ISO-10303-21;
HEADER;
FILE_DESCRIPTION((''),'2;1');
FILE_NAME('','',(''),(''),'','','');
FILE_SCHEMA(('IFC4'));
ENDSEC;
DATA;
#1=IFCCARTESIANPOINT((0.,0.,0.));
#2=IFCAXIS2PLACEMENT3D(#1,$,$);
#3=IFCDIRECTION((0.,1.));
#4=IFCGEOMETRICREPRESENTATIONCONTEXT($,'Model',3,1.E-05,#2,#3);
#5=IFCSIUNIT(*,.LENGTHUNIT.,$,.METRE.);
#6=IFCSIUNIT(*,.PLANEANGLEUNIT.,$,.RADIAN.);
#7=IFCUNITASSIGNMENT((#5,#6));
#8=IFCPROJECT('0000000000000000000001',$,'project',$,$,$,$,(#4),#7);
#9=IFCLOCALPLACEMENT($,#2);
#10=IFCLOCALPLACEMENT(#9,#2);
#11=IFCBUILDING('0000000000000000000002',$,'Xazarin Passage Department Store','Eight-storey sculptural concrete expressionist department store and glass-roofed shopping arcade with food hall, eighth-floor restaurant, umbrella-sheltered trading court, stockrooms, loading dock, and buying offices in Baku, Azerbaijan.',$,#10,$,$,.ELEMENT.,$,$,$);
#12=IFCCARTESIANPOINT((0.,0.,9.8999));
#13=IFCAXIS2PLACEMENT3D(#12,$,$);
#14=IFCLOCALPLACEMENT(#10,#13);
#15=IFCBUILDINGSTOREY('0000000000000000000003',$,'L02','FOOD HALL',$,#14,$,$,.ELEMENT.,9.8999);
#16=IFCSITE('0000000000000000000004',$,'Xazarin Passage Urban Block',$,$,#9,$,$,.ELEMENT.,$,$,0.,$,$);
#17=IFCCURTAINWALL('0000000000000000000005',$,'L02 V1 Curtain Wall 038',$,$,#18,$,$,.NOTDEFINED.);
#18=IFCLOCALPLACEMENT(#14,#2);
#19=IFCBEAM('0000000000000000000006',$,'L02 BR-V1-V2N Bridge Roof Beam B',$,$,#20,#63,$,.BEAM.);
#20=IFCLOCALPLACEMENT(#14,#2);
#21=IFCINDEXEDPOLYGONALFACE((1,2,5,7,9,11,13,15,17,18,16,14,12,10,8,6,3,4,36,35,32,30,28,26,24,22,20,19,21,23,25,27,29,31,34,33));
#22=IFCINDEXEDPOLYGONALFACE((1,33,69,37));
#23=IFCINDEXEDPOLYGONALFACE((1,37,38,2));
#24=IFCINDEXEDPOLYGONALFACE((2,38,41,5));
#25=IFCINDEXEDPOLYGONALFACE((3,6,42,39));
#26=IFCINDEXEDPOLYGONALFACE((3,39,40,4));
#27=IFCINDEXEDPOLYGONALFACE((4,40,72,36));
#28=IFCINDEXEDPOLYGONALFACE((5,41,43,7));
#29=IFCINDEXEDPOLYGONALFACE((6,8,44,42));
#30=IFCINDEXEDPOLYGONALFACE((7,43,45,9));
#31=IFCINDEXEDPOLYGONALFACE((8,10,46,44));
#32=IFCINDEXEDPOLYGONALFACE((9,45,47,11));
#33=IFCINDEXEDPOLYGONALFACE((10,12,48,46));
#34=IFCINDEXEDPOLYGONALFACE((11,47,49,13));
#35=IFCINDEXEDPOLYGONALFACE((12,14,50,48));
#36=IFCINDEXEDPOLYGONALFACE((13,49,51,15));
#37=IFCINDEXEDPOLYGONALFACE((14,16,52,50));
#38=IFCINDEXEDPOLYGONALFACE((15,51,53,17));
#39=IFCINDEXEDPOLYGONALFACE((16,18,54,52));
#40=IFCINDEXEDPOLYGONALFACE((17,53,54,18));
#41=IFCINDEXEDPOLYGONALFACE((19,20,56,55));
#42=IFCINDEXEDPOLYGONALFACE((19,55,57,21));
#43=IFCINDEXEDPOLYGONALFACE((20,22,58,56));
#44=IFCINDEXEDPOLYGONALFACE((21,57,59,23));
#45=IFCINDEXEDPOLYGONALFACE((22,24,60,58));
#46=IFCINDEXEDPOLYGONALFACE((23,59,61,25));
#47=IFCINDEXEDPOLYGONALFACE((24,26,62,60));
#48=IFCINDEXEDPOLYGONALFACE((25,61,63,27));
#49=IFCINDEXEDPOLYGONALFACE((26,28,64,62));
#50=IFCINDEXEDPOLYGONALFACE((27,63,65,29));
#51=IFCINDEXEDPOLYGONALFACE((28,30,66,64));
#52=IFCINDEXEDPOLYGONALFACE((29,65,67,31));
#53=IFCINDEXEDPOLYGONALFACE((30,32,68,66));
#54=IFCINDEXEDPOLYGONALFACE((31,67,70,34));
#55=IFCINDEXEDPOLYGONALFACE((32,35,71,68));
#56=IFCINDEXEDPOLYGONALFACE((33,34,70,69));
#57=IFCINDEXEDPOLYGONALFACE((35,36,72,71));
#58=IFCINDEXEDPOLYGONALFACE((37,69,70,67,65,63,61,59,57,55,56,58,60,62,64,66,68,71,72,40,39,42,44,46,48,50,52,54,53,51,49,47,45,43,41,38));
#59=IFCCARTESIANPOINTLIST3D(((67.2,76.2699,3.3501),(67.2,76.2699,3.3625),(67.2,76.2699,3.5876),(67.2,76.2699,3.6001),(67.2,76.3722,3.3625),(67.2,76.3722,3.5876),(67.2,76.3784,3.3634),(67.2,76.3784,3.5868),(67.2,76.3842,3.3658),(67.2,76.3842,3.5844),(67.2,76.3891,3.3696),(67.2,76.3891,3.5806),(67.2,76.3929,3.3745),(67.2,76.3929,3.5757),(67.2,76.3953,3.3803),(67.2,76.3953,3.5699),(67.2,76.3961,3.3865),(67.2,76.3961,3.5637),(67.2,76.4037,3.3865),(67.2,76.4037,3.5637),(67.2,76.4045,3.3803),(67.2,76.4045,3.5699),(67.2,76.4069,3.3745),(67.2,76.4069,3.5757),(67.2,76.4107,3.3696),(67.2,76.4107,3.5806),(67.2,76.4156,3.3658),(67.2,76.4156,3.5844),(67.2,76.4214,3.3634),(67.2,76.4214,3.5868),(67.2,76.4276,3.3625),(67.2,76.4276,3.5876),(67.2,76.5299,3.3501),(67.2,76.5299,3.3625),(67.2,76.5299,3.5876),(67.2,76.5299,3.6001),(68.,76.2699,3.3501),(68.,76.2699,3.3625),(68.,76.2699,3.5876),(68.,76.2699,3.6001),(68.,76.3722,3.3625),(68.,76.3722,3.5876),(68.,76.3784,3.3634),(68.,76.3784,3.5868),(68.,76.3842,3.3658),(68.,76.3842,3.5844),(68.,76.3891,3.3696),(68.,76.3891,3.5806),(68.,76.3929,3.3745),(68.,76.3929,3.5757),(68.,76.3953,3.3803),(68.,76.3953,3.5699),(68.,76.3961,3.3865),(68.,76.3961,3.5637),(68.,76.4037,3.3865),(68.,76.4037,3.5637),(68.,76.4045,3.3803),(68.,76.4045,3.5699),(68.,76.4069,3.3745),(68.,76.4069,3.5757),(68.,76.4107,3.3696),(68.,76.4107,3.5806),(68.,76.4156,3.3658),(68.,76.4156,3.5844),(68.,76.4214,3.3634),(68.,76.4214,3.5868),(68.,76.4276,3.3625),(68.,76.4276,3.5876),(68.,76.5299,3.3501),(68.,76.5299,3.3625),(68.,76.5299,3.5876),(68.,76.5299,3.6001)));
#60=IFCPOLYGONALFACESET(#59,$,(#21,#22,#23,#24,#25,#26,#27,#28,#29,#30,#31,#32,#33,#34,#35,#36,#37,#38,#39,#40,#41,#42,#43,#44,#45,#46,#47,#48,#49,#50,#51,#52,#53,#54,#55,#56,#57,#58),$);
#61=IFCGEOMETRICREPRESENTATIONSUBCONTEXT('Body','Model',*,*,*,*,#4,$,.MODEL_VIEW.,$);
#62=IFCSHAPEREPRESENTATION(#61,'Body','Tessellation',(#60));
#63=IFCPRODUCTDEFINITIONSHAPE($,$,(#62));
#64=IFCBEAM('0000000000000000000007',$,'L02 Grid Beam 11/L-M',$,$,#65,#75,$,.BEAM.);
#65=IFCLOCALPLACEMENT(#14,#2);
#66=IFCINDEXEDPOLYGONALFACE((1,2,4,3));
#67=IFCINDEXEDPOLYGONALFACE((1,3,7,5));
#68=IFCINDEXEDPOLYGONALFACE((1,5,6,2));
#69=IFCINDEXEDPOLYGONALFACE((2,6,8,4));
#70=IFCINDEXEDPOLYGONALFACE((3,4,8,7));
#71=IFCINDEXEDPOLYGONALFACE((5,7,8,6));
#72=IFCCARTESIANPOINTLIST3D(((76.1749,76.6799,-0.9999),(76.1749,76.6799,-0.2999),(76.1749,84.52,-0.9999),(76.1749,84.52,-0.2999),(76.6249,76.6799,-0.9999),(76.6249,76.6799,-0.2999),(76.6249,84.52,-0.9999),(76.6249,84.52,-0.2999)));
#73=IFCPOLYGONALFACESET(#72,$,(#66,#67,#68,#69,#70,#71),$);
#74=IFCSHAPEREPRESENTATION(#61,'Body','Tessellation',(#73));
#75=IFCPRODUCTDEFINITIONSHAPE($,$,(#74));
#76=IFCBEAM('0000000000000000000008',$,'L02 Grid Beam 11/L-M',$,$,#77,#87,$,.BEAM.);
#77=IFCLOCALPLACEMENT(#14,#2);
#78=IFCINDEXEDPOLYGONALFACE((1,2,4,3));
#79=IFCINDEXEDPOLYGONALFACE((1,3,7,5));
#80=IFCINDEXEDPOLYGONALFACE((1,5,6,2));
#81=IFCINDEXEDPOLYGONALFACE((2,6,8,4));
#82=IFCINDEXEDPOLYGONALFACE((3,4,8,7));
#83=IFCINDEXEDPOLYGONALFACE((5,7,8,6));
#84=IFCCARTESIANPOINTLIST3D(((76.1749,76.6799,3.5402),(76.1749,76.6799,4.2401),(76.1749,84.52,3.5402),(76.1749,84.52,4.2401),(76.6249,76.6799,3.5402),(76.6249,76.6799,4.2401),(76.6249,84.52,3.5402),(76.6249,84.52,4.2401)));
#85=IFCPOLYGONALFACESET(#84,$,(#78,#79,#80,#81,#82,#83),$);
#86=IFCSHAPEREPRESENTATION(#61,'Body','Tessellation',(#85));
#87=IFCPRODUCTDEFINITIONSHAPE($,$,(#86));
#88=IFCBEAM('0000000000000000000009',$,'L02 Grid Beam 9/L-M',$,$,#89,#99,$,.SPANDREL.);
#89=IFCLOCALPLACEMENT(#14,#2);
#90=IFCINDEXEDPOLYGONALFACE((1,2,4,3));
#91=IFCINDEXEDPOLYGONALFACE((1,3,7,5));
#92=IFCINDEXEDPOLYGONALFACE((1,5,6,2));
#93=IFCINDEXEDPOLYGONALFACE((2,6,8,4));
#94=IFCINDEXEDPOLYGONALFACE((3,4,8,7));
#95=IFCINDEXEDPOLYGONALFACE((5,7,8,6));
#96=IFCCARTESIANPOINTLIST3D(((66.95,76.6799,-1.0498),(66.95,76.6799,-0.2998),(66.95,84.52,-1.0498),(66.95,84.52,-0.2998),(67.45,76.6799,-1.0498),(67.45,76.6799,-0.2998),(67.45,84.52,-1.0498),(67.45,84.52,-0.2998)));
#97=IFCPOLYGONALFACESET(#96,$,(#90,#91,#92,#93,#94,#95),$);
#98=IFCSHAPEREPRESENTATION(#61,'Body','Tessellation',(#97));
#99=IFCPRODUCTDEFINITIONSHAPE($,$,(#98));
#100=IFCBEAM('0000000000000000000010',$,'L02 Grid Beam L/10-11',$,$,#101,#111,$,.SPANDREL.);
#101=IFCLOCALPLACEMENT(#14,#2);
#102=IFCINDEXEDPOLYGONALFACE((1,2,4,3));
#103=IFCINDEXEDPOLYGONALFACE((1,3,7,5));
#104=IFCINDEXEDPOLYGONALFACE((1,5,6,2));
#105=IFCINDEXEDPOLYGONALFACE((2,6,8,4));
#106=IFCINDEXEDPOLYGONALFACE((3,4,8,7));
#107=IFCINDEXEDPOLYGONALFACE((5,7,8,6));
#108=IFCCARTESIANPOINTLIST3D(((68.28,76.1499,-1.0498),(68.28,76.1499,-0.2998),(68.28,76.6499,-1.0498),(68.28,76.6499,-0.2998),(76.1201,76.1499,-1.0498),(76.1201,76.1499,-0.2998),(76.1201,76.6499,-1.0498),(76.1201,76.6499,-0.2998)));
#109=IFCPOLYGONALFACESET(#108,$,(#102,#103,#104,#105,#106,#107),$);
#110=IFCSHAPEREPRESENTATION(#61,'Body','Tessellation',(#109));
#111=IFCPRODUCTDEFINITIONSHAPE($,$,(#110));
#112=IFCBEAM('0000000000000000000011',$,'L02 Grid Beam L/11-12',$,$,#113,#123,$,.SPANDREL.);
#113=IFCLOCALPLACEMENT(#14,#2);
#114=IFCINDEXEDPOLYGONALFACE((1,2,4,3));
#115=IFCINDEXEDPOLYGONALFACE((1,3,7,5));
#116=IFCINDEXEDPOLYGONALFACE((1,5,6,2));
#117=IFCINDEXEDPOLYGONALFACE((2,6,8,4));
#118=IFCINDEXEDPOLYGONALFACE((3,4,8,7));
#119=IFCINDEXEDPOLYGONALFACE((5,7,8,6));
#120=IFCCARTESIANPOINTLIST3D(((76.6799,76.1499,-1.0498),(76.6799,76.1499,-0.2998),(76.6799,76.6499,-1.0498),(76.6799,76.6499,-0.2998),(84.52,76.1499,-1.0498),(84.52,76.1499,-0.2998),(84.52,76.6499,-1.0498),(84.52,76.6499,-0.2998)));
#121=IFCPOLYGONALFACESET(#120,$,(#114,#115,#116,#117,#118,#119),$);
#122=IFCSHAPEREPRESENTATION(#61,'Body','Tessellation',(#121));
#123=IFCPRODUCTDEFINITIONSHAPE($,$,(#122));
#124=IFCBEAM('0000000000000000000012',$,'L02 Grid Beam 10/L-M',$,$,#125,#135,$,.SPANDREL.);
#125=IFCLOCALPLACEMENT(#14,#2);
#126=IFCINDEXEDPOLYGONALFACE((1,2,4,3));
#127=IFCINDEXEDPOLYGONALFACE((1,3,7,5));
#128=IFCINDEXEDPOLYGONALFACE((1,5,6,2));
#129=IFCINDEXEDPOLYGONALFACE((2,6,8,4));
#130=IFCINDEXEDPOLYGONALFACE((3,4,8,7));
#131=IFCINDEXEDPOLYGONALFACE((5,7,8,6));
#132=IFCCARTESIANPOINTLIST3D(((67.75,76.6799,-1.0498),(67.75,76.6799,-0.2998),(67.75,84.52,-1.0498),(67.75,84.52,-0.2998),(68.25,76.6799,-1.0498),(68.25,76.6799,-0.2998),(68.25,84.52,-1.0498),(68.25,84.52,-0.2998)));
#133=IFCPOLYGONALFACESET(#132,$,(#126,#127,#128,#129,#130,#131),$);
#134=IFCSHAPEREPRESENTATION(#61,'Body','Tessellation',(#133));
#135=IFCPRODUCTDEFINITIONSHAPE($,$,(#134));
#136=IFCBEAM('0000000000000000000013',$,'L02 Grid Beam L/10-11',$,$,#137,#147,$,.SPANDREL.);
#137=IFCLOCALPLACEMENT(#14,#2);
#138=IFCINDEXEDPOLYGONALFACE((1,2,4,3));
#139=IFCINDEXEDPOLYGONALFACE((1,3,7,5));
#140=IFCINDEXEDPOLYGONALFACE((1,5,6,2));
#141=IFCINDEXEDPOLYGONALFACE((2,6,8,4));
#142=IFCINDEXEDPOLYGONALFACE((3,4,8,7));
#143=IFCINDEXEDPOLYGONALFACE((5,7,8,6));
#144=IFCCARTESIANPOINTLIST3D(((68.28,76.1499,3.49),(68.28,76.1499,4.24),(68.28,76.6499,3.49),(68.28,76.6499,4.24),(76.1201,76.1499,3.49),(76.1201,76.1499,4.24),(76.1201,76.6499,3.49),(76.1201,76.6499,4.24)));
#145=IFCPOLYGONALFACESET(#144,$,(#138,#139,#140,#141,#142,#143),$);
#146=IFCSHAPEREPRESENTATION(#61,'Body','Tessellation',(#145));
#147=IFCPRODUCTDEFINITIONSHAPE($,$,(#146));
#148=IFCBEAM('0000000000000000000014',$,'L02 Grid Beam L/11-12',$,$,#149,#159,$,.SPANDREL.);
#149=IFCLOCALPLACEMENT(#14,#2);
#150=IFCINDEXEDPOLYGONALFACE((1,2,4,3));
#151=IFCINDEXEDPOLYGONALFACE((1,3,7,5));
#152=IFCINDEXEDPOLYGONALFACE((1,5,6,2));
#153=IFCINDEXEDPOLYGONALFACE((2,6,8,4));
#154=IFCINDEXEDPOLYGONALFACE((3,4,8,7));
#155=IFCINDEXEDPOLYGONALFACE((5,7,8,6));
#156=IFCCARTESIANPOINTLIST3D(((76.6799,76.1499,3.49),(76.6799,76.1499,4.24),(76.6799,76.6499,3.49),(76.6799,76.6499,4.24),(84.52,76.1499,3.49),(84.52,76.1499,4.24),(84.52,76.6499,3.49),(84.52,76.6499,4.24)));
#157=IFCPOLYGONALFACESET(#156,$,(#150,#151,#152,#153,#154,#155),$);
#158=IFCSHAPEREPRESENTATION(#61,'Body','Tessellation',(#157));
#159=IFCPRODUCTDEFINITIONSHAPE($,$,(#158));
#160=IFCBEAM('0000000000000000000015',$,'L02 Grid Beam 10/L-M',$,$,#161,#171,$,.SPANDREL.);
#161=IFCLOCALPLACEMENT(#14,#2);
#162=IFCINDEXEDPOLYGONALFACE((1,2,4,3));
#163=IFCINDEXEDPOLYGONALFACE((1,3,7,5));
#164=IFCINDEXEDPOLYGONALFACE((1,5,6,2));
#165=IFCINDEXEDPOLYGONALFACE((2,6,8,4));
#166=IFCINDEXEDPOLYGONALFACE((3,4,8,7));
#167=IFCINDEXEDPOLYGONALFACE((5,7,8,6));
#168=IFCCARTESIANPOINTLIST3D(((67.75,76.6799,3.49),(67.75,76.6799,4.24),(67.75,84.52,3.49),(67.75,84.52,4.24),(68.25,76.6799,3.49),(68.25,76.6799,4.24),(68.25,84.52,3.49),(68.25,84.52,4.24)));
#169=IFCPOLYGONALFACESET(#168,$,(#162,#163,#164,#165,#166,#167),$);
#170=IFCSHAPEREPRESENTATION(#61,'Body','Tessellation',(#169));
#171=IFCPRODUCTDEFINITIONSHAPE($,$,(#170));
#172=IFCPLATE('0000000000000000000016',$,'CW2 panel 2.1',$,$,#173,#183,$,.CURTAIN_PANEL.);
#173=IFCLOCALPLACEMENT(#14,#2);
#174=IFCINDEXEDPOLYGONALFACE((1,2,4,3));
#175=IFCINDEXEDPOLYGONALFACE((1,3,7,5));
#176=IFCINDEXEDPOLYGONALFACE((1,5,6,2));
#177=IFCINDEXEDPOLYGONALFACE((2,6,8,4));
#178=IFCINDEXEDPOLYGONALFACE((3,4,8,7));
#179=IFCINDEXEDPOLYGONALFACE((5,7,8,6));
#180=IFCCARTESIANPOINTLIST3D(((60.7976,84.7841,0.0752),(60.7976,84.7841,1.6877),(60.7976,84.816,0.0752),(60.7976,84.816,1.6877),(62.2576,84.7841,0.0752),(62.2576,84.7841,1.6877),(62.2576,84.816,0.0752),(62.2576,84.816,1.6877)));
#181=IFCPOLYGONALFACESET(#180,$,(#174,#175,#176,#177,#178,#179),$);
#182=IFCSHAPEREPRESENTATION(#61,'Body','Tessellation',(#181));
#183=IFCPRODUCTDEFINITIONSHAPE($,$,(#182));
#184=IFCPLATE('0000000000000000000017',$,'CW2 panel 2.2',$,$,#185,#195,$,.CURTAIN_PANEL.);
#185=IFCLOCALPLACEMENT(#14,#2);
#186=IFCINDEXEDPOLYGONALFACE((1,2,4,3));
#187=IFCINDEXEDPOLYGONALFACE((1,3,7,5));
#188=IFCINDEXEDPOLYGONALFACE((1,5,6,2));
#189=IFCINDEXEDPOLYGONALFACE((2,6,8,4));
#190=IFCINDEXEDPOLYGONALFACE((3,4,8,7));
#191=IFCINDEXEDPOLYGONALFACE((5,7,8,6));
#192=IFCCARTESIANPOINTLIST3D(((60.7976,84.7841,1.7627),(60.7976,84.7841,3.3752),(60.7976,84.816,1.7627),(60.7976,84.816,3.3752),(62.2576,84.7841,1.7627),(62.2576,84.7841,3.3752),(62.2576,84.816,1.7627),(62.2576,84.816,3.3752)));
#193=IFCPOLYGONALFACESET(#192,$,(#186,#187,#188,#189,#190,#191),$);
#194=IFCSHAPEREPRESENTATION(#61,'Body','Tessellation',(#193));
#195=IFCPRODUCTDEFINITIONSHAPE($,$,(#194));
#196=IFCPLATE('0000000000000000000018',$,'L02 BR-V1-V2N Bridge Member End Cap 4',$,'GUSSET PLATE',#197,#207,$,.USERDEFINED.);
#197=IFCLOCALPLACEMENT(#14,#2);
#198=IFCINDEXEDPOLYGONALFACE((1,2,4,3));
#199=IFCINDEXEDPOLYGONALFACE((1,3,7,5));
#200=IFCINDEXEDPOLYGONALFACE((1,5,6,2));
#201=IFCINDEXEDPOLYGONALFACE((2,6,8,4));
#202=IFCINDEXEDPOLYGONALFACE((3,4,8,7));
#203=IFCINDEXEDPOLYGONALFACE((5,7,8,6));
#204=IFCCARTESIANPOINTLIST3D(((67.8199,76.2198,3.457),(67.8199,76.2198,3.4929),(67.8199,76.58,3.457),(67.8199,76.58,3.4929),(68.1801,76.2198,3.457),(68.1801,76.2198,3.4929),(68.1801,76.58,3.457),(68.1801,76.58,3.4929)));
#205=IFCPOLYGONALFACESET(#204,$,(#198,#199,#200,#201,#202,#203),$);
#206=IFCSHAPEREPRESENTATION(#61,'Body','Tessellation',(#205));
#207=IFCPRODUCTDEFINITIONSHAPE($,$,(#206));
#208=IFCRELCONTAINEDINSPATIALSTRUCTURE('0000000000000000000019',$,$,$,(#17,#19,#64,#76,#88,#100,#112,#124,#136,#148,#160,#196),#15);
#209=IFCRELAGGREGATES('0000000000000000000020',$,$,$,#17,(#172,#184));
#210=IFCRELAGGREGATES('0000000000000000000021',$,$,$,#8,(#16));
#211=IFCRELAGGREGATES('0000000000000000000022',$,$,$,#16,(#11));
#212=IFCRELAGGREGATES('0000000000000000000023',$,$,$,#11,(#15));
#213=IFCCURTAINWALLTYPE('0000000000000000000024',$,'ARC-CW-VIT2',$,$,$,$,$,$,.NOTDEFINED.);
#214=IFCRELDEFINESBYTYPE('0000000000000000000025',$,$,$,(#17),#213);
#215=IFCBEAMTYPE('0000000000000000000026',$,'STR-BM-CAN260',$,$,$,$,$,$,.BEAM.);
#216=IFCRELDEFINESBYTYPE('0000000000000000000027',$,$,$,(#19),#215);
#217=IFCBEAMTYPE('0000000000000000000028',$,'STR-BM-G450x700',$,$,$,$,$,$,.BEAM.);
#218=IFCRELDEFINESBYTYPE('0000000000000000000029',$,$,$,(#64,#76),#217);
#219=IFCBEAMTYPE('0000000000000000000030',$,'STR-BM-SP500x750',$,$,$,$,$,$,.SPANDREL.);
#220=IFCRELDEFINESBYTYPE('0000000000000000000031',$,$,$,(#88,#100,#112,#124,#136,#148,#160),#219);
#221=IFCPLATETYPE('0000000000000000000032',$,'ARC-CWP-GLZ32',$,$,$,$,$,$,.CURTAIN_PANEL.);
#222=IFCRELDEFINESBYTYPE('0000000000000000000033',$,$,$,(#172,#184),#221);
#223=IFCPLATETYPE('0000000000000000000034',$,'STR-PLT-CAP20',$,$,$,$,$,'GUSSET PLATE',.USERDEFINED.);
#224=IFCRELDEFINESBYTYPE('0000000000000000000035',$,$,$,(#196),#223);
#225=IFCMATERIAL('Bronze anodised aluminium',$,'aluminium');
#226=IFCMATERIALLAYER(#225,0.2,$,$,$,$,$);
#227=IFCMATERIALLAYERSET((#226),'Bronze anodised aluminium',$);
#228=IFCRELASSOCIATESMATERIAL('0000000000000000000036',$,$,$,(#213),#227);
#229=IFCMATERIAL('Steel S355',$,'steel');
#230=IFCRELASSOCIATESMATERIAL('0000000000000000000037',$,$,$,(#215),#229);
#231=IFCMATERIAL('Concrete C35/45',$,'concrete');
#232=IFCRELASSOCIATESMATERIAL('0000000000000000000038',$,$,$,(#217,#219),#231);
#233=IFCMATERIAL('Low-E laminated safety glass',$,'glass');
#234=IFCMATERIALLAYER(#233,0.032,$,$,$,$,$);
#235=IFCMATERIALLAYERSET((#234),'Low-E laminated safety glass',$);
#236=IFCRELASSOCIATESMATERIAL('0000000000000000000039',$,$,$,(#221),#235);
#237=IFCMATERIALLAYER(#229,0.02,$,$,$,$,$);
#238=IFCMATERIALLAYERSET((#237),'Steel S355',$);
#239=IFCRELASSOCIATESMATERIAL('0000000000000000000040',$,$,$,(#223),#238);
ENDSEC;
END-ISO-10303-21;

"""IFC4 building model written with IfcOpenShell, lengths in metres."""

from ifc_helpers import new_model, si_unit, direction, frame, origin, origin_2d, place, context, subcontext, project, spatial, rectangle, i_section, extrude, material, layer, layer_set, material_profile, profile_set, type_object, element, aggregate, save


model = new_model("IFC4")

# Units and contexts
model_context = context("Model", 3, precision=1e-05, world=origin(), true_north=direction((0.0, 1.0)))
body_context = subcontext(model_context, "Body", "Model", "MODEL_VIEW")
ifc_project = project(units=[si_unit("LENGTHUNIT", "METRE"), si_unit("PLANEANGLEUNIT", "RADIAN")], contexts=[model_context])

# Site, building, storey
site_placement = place(None, origin())
site = spatial("IfcSite", under=ifc_project, at=site_placement, Name="Xazarin Passage Urban Block", CompositionType="ELEMENT", RefElevation=0.0)
building_placement = place(site_placement, origin())
building = spatial("IfcBuilding", under=site, at=building_placement, Name="Xazarin Passage Department Store", Description="Eight-storey sculptural concrete expressionist department store and glass-roofed shopping arcade with food hall, eighth-floor restaurant, umbrella-sheltered trading court, stockrooms, loading dock, and buying offices in Baku, Azerbaijan.", CompositionType="ELEMENT")
storey_placement = place(building_placement, frame((0.0, 0.0, 9.8999)))
storey = spatial("IfcBuildingStorey", under=building, at=storey_placement, Name="L02", Description="FOOD HALL", CompositionType="ELEMENT", Elevation=9.8999)

# Shared definitions
ifc_material_1 = material(Name="Bronze anodised aluminium", Category="aluminium")

# Curtain wall
ifc_layer_1 = layer(ifc_material_1, 0.2)
ifc_layer_set_1 = layer_set([ifc_layer_1], Name="Bronze anodised aluminium")
curtain_wall_type_1 = type_object("IfcCurtainWallType", Name="ARC-CW-VIT2", PredefinedType="NOTDEFINED", material=ifc_layer_set_1)
curtain_wall_1_placement = place(storey_placement, origin())
curtain_wall_1 = element("IfcCurtainWall", 1, at=curtain_wall_1_placement, inside=storey, type_object=curtain_wall_type_1, Name="L02 V1 Curtain Wall 038", PredefinedType="NOTDEFINED")

# Beams
ifc_material_2 = material(Name="Steel S355", Category="steel")
ifc_material_profile_1 = material_profile(ifc_material_2, i_section(OverallWidth=0.26, OverallDepth=0.25, WebThickness=0.0076, FlangeThickness=0.0125, FilletRadius=0.0239, at=origin_2d()), Name="HEA 260")
ifc_profile_set_1 = profile_set([ifc_material_profile_1], Name="Steel S355")
beam_type_1 = type_object("IfcBeamType", Name="STR-BM-CAN260", PredefinedType="BEAM", material=ifc_profile_set_1)
beam_1_placement = place(storey_placement, frame((67.2, 76.3999, 3.4751), z_axis=(1.0, 0.0, 0.0), x_axis=(0.0, 1.0, 0.0)))
element("IfcBeam", 2, at=beam_1_placement, inside=storey, type_object=beam_type_1, Name="L02 BR-V1-V2N Bridge Roof Beam B", PredefinedType="BEAM", context=body_context, shape_type="SweptSolid", body=[
    extrude(i_section(OverallWidth=0.26, OverallDepth=0.25, WebThickness=0.0076, FlangeThickness=0.0125, FilletRadius=0.0239, at=origin_2d()), origin(), (0.0, 0.0, 1.0), 0.8),
])
ifc_material_3 = material(Name="Concrete C35/45", Category="concrete")
ifc_material_profile_2 = material_profile(ifc_material_3, rectangle(XDim=0.45, YDim=0.7, at=origin_2d()), Name="RC 450x700")
ifc_profile_set_2 = profile_set([ifc_material_profile_2], Name="Concrete C35/45")
beam_type_2 = type_object("IfcBeamType", Name="STR-BM-G450x700", PredefinedType="BEAM", material=ifc_profile_set_2)
for number, where, z_axis, x_axis, name in (
    (3, (76.3999, 76.6799, -0.6499), (0.0, 1.0, 0.0), (-1.0, 0.0, 0.0), "L02 Grid Beam 11/L-M"),
    (4, (76.3999, 76.6799, 3.8901), (0.0, 1.0, 0.0), (-1.0, 0.0, 0.0), "L02 Grid Beam 11/L-M"),
):
    element("IfcBeam", number, at=place(storey_placement, frame(where, z_axis=z_axis, x_axis=x_axis)), inside=storey, type_object=beam_type_2, Name=name, PredefinedType="BEAM", context=body_context, shape_type="SweptSolid", body=[
        extrude(rectangle(XDim=0.45, YDim=0.7, at=origin_2d()), origin(), (0.0, 0.0, 1.0), 7.8401),
    ])
ifc_material_profile_3 = material_profile(ifc_material_3, rectangle(XDim=0.5, YDim=0.75, at=origin_2d()), Name="RC 500x750")
ifc_profile_set_3 = profile_set([ifc_material_profile_3], Name="Concrete C35/45")
beam_type_3 = type_object("IfcBeamType", Name="STR-BM-SP500x750", PredefinedType="SPANDREL", material=ifc_profile_set_3)
for number, where, z_axis, x_axis, name in (
    (5, (67.2, 76.6799, -0.6748), (0.0, 1.0, 0.0), (-1.0, 0.0, 0.0), "L02 Grid Beam 9/L-M"),
    (6, (68.28, 76.3999, -0.6748), (1.0, 0.0, 0.0), (0.0, 1.0, 0.0), "L02 Grid Beam L/10-11"),
    (7, (76.6799, 76.3999, -0.6748), (1.0, 0.0, 0.0), (0.0, 1.0, 0.0), "L02 Grid Beam L/11-12"),
    (8, (68.0, 76.6799, -0.6748), (0.0, 1.0, 0.0), (-1.0, 0.0, 0.0), "L02 Grid Beam 10/L-M"),
    (9, (68.28, 76.3999, 3.865), (1.0, 0.0, 0.0), (0.0, 1.0, 0.0), "L02 Grid Beam L/10-11"),
    (10, (76.6799, 76.3999, 3.865), (1.0, 0.0, 0.0), (0.0, 1.0, 0.0), "L02 Grid Beam L/11-12"),
    (11, (68.0, 76.6799, 3.865), (0.0, 1.0, 0.0), (-1.0, 0.0, 0.0), "L02 Grid Beam 10/L-M"),
):
    element("IfcBeam", number, at=place(storey_placement, frame(where, z_axis=z_axis, x_axis=x_axis)), inside=storey, type_object=beam_type_3, Name=name, PredefinedType="SPANDREL", context=body_context, shape_type="SweptSolid", body=[
        extrude(rectangle(XDim=0.5, YDim=0.75, at=origin_2d()), origin(), (0.0, 0.0, 1.0), 7.8401),
    ])

# Plates
ifc_material_4 = material(Name="Low-E laminated safety glass", Category="glass")
ifc_layer_2 = layer(ifc_material_4, 0.032)
ifc_layer_set_2 = layer_set([ifc_layer_2], Name="Low-E laminated safety glass")
plate_type_1 = type_object("IfcPlateType", Name="ARC-CWP-GLZ32", PredefinedType="CURTAIN_PANEL", material=ifc_layer_set_2)
plate_1_placement = place(storey_placement, frame((61.5276, 84.8, 0.0752), z_axis=(0.0, 0.0, 1.0), x_axis=(1.0, 0.0, 0.0)))
plate_1 = element("IfcPlate", 12, at=plate_1_placement, type_object=plate_type_1, Name="CW2 panel 2.1", PredefinedType="CURTAIN_PANEL", context=body_context, shape_type="SweptSolid", body=[
    extrude(rectangle(XDim=1.46, YDim=0.032, at=origin_2d()), origin(), (0.0, 0.0, 1.0), 1.6125),
])
plate_2_placement = place(storey_placement, frame((61.5276, 84.8, 1.7627), z_axis=(0.0, 0.0, 1.0), x_axis=(1.0, 0.0, 0.0)))
plate_2 = element("IfcPlate", 13, at=plate_2_placement, type_object=plate_type_1, Name="CW2 panel 2.2", PredefinedType="CURTAIN_PANEL", context=body_context, shape_type="SweptSolid", body=[
    extrude(rectangle(XDim=1.46, YDim=0.032, at=origin_2d()), origin(), (0.0, 0.0, 1.0), 1.6125),
])
aggregate(curtain_wall_1, [plate_1, plate_2])
ifc_layer_3 = layer(ifc_material_2, 0.02)
ifc_layer_set_3 = layer_set([ifc_layer_3], Name="Steel S355")
plate_type_2 = type_object("IfcPlateType", Name="STR-PLT-CAP20", ElementType="GUSSET PLATE", PredefinedType="USERDEFINED", material=ifc_layer_set_3)
plate_3_placement = place(storey_placement, frame((68.0, 76.3999, 3.457), z_axis=(0.0, 0.0, 1.0), x_axis=(1.0, 0.0, 0.0)))
element("IfcPlate", 14, at=plate_3_placement, inside=storey, type_object=plate_type_2, Name="L02 BR-V1-V2N Bridge Member End Cap 4", ObjectType="GUSSET PLATE", PredefinedType="USERDEFINED", context=body_context, shape_type="SweptSolid", body=[
    extrude(rectangle(XDim=0.3601, YDim=0.3601, at=origin_2d()), origin(), (0.0, 0.0, 1.0), 0.0359),
])

save(model, "model.ifc")
